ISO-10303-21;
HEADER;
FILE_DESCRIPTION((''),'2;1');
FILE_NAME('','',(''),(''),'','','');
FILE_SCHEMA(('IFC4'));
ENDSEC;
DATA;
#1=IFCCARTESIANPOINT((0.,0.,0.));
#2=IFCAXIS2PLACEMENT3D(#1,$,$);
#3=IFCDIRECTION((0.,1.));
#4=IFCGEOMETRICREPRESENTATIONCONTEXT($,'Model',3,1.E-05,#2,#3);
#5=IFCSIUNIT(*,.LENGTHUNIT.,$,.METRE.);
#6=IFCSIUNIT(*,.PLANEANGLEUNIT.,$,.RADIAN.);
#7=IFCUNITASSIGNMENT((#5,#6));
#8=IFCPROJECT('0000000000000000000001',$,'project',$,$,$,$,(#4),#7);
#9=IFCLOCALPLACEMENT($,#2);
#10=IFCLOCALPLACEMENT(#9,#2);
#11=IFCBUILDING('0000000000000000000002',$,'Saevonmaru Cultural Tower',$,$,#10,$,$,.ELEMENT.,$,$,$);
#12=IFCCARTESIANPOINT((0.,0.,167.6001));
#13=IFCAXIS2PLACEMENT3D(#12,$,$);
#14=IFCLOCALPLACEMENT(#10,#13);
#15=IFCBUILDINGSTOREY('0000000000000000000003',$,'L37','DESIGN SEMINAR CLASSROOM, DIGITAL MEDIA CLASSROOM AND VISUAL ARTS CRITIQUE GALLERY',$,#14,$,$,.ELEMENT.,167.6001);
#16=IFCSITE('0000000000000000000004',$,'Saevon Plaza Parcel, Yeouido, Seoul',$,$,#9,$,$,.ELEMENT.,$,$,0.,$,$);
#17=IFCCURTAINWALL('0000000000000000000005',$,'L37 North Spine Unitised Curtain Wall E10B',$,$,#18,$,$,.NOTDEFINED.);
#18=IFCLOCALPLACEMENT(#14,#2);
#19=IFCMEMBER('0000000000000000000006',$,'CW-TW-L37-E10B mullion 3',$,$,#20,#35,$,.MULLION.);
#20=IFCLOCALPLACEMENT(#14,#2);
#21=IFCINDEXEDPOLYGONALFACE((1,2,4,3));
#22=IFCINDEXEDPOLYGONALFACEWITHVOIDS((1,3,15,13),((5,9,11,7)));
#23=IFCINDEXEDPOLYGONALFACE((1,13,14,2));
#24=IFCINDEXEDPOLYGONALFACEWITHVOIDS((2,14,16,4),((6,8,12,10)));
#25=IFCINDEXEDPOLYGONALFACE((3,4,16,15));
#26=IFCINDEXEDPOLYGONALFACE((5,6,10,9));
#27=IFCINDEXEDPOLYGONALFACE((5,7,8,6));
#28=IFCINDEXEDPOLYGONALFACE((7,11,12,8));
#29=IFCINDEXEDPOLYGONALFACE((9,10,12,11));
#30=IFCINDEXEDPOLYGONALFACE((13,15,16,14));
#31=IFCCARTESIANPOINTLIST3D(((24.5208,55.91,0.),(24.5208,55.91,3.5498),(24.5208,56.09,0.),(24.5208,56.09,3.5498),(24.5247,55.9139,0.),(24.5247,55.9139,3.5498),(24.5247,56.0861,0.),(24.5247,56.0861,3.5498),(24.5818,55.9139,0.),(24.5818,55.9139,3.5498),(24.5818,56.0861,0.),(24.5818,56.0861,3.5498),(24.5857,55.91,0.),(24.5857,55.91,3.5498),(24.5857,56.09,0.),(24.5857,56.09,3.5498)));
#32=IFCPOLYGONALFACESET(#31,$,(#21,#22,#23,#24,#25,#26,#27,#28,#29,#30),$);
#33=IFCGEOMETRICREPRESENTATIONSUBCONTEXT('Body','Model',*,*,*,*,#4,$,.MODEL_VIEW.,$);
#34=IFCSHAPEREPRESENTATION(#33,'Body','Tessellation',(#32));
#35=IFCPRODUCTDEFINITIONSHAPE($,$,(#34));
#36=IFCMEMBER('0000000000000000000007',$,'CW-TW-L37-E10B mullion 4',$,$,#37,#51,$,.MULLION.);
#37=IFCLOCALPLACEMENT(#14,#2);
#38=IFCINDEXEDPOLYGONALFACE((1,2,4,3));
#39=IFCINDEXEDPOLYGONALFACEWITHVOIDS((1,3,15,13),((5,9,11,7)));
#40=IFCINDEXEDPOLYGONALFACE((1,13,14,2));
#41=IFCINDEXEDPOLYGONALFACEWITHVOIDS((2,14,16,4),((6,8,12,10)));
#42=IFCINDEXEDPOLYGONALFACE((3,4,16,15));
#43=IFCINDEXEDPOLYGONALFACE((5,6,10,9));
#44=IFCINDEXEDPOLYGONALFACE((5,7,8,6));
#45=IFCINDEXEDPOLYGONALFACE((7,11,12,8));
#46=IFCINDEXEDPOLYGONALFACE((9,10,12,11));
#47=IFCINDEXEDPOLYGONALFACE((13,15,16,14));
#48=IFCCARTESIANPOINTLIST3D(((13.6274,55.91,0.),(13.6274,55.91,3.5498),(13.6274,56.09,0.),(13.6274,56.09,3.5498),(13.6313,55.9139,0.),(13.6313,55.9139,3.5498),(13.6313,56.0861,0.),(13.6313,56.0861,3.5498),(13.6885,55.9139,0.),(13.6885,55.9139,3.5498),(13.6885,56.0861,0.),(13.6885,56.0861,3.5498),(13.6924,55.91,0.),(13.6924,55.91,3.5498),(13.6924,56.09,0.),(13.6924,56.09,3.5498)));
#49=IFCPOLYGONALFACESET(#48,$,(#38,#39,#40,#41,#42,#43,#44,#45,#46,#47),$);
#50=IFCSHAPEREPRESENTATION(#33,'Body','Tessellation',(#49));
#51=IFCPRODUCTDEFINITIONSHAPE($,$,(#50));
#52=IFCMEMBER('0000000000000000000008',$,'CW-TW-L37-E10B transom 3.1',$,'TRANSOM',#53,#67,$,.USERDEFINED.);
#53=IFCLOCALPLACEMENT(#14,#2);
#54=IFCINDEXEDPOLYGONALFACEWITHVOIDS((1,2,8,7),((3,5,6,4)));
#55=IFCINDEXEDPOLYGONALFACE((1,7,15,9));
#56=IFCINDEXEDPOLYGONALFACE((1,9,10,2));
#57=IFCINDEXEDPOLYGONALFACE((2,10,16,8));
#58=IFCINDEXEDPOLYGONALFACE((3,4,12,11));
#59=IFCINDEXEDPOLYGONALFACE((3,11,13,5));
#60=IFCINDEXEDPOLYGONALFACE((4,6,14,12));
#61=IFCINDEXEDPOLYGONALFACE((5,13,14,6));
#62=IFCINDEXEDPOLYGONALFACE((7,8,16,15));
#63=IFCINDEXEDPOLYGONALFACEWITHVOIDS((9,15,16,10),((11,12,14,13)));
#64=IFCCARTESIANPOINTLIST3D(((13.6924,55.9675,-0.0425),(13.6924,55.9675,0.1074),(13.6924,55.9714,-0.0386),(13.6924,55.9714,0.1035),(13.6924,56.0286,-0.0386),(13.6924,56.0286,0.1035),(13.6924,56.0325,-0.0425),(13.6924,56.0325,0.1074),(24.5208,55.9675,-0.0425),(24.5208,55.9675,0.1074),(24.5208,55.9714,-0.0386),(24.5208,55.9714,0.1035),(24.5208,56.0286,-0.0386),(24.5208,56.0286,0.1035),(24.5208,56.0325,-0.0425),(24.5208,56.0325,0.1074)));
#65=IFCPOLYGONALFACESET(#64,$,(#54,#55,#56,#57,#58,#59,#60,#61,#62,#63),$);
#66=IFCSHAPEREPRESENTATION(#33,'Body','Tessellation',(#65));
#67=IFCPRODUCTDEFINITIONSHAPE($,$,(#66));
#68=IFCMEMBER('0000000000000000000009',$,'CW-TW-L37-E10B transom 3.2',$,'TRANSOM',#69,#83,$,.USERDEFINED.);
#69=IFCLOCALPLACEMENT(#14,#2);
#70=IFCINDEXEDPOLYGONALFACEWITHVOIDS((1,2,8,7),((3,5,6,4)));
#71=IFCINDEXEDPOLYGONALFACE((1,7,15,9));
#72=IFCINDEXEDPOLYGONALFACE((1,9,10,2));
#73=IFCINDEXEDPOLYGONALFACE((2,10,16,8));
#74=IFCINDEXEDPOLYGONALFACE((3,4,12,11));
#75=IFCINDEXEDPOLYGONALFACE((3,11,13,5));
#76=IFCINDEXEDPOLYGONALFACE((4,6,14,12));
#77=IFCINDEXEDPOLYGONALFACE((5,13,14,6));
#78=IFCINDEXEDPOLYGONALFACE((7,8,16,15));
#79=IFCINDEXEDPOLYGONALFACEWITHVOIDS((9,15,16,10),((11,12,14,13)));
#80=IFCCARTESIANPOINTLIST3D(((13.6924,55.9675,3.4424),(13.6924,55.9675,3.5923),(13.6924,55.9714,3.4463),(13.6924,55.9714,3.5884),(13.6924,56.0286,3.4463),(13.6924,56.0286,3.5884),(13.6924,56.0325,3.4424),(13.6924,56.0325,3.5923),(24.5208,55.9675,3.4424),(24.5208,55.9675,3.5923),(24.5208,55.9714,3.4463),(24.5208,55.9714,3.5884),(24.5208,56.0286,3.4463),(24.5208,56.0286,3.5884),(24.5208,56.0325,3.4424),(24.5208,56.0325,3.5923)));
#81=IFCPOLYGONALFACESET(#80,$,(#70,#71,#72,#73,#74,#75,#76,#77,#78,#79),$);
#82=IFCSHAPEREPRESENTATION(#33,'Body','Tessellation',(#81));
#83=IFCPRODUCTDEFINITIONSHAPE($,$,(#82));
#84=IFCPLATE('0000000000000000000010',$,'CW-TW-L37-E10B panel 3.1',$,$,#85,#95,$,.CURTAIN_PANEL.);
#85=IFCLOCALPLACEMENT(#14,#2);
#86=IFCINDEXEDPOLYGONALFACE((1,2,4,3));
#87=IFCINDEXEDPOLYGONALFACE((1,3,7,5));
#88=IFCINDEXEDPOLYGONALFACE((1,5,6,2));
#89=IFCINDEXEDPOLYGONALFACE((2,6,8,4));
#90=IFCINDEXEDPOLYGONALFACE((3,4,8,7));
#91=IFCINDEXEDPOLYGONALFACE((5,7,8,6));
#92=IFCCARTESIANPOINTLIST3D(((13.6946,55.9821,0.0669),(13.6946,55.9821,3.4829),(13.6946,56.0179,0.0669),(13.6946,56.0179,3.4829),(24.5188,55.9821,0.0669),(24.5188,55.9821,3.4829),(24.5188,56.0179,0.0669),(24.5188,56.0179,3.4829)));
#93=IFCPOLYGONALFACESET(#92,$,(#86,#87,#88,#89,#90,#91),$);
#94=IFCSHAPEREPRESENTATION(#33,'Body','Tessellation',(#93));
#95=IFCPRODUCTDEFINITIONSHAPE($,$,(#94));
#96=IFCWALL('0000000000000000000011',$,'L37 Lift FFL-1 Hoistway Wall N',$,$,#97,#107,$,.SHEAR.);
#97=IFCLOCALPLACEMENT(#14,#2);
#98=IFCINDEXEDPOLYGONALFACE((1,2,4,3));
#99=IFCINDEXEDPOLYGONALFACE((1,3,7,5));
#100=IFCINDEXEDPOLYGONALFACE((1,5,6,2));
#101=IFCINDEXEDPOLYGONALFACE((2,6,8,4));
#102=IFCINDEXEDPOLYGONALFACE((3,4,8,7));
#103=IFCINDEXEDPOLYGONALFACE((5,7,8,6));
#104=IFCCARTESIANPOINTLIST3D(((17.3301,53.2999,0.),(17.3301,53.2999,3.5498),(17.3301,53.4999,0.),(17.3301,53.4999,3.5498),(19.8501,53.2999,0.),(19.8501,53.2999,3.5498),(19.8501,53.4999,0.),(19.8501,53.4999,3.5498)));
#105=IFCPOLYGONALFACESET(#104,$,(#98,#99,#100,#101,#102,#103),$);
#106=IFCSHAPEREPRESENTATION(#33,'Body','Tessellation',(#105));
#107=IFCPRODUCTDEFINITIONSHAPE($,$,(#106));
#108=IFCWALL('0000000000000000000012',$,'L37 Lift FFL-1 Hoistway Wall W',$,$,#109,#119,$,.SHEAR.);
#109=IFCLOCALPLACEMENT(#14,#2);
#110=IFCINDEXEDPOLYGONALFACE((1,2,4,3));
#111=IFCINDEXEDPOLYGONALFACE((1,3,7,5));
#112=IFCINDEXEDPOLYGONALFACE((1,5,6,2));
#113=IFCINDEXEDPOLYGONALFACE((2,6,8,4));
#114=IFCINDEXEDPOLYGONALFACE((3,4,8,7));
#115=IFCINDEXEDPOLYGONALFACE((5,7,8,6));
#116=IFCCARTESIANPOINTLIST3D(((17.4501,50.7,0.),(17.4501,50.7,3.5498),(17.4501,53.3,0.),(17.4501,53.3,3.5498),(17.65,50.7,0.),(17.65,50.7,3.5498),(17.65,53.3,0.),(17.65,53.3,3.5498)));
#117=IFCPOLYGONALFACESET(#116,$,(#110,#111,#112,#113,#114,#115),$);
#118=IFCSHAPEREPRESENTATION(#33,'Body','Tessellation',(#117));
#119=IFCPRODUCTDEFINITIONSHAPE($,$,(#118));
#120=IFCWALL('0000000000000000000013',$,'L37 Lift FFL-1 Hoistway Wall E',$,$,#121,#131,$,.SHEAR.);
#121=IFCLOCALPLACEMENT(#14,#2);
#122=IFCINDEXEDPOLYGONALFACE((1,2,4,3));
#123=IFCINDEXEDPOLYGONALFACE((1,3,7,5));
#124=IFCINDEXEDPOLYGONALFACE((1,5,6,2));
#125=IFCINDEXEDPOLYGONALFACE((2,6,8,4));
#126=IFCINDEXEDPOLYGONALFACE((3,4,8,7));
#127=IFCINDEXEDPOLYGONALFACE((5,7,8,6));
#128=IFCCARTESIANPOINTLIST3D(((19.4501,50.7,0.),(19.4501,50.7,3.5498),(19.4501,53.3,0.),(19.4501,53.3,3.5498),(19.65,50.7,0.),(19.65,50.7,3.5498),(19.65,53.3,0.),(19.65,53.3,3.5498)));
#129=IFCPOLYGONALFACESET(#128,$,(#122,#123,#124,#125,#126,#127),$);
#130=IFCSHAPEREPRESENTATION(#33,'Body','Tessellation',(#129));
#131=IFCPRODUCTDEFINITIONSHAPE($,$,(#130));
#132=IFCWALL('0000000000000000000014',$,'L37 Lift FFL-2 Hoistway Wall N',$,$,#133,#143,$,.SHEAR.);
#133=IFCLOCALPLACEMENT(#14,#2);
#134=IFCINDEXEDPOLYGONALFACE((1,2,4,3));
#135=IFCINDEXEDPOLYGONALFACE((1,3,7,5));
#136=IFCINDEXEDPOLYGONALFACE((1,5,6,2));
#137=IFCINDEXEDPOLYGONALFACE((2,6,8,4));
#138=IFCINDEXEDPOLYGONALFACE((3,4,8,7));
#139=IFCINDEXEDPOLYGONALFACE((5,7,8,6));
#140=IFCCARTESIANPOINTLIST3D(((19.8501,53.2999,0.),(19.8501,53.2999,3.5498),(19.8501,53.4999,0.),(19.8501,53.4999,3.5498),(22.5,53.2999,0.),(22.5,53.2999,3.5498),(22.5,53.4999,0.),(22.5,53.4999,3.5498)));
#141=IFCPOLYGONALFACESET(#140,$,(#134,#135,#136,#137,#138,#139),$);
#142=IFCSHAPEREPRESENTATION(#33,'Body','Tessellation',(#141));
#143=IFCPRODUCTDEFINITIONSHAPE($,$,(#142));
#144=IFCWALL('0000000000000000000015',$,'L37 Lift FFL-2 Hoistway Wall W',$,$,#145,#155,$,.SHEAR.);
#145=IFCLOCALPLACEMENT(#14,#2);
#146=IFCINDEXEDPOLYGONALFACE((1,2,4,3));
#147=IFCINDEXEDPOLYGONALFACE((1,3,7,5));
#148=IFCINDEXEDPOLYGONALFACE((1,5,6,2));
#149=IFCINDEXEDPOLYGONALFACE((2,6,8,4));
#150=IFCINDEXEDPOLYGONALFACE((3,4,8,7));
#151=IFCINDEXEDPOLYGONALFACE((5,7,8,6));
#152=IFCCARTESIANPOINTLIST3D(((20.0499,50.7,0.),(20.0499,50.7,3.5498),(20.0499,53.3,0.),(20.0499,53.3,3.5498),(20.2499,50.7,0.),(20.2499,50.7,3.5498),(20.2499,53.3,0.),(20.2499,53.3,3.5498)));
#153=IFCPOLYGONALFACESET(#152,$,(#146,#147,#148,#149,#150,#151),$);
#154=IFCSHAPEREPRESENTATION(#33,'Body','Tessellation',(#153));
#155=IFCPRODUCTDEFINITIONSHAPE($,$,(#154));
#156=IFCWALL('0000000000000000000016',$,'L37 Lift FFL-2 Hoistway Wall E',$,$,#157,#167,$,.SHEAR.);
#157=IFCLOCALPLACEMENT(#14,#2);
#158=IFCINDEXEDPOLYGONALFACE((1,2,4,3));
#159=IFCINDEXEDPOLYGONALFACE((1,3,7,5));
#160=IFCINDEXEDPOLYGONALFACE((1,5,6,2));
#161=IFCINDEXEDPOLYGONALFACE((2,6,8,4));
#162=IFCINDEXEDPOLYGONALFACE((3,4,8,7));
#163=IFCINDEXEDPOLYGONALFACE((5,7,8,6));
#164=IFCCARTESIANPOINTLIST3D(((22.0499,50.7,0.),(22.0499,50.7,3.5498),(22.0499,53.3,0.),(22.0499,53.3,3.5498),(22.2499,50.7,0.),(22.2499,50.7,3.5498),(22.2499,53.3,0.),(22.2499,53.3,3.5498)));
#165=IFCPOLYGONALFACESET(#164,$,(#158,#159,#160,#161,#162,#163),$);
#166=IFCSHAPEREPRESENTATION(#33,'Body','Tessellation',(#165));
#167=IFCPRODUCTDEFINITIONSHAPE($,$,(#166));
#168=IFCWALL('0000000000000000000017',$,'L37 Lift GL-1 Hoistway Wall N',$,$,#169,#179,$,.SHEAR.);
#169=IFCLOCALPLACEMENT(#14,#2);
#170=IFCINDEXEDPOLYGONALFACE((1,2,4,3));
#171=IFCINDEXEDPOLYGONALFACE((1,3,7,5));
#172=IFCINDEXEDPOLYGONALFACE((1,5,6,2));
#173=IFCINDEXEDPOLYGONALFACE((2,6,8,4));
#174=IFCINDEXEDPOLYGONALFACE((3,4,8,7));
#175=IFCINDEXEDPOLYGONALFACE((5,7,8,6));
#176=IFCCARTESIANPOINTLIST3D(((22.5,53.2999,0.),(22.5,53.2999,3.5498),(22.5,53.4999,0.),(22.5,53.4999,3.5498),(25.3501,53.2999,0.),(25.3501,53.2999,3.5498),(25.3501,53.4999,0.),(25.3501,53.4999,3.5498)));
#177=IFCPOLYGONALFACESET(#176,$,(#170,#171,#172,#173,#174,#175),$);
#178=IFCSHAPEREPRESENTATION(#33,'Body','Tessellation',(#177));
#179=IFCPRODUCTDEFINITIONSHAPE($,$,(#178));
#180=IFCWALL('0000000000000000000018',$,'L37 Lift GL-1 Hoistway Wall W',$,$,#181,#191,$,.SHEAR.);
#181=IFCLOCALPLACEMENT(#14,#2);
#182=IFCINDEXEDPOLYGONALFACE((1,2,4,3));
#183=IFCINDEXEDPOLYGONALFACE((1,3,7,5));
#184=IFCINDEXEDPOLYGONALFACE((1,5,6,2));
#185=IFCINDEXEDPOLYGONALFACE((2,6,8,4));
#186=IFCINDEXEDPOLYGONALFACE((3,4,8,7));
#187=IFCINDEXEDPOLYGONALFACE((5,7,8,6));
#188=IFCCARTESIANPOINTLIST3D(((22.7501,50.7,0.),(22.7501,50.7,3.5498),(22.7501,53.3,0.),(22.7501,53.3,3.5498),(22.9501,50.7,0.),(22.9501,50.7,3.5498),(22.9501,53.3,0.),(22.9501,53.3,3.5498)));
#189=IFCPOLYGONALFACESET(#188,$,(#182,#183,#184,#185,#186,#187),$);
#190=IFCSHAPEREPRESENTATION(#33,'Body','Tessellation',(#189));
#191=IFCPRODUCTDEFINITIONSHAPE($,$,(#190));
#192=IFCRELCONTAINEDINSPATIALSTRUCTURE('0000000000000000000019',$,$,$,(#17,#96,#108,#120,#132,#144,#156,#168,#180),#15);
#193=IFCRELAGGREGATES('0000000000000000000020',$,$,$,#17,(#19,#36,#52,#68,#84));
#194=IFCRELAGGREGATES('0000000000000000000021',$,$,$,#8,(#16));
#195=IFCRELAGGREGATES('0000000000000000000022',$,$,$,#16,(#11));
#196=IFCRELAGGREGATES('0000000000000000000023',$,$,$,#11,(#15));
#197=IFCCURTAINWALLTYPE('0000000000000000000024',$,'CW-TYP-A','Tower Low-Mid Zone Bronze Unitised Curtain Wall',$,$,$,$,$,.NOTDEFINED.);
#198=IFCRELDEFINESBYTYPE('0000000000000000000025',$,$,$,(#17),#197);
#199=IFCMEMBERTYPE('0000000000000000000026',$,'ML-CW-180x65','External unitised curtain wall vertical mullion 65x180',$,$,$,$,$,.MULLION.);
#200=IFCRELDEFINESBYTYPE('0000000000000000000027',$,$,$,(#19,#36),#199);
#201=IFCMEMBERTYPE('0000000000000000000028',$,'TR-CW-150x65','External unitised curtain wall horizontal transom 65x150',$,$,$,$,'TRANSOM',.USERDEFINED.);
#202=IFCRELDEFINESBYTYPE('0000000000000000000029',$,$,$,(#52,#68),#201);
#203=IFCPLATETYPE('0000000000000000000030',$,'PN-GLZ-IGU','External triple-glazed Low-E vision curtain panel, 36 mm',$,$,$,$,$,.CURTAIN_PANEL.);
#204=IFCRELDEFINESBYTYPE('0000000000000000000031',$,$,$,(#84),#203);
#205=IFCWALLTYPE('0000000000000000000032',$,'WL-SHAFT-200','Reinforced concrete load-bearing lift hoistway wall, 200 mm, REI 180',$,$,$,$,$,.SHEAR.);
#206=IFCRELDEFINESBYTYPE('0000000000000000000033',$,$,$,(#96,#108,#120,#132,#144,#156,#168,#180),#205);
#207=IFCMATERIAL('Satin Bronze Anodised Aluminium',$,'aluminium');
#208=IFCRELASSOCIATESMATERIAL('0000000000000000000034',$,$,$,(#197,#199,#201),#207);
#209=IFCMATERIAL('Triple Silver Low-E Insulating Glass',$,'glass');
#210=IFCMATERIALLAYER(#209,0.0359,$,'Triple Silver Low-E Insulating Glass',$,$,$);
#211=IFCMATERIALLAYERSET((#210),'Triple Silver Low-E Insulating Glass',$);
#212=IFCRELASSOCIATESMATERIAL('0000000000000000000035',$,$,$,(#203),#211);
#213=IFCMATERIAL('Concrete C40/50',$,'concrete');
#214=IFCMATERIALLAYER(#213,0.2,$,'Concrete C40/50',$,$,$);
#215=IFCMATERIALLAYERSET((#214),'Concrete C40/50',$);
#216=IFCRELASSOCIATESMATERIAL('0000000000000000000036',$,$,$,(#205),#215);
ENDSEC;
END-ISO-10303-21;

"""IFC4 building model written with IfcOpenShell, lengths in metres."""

from ifc_helpers import new_model, si_unit, direction, frame, frame_2d, origin, origin_2d, place, context, subcontext, project, spatial, rectangle, hollow_rectangle, extrude, material, layer, layer_set, material_profile, profile_set, type_object, element, aggregate, save


model = new_model("IFC4")

# Units and contexts
model_context = context("Model", 3, precision=1e-05, world=origin(), true_north=direction((0.0, 1.0)))
body_context = subcontext(model_context, "Body", "Model", "MODEL_VIEW")
ifc_project = project(units=[si_unit("LENGTHUNIT", "METRE"), si_unit("PLANEANGLEUNIT", "RADIAN")], contexts=[model_context])

# Site, building, storey
site_placement = place(None, origin())
site = spatial("IfcSite", under=ifc_project, at=site_placement, Name="Saevon Plaza Parcel, Yeouido, Seoul", CompositionType="ELEMENT", RefElevation=0.0)
building_placement = place(site_placement, origin())
building = spatial("IfcBuilding", under=site, at=building_placement, Name="Saevonmaru Cultural Tower", CompositionType="ELEMENT")
storey_placement = place(building_placement, frame((0.0, 0.0, 167.6001)))
storey = spatial("IfcBuildingStorey", under=building, at=storey_placement, Name="L37", Description="DESIGN SEMINAR CLASSROOM, DIGITAL MEDIA CLASSROOM AND VISUAL ARTS CRITIQUE GALLERY", CompositionType="ELEMENT", Elevation=167.6001)

# Curtain wall, members, plate
ifc_material_1 = material(Name="Satin Bronze Anodised Aluminium", Category="aluminium")
curtain_wall_type = type_object("IfcCurtainWallType", Name="CW-TYP-A", Description="Tower Low-Mid Zone Bronze Unitised Curtain Wall", PredefinedType="NOTDEFINED", material=ifc_material_1)
curtain_wall_placement = place(storey_placement, origin())
curtain_wall = element("IfcCurtainWall", 1, at=curtain_wall_placement, inside=storey, type_object=curtain_wall_type, Name="L37 North Spine Unitised Curtain Wall E10B", PredefinedType="NOTDEFINED")
ifc_material_profile_1 = material_profile(ifc_material_1, hollow_rectangle(XDim=0.0649, YDim=0.1799, WallThickness=0.0039, at=origin_2d()), Name="ALU-MULL-180x65x4")
ifc_profile_set_1 = profile_set([ifc_material_profile_1], Name="Satin Bronze Anodised Aluminium")
member_type_1 = type_object("IfcMemberType", Name="ML-CW-180x65", Description="External unitised curtain wall vertical mullion 65x180", PredefinedType="MULLION", material=ifc_profile_set_1)
member_1_placement = place(storey_placement, frame((24.5532, 56.0, 0.0), z_axis=(0.0, 0.0, 1.0), x_axis=(-1.0, 0.0, 0.0)))
member_1 = element("IfcMember", 2, at=member_1_placement, type_object=member_type_1, Name="CW-TW-L37-E10B mullion 3", PredefinedType="MULLION", context=body_context, shape_type="SweptSolid", body=[
    extrude(hollow_rectangle(XDim=0.0649, YDim=0.1799, WallThickness=0.0039, at=origin_2d()), origin(), (0.0, 0.0, 1.0), 3.5498),
])
member_2_placement = place(storey_placement, frame((13.6599, 56.0, 0.0), z_axis=(0.0, 0.0, 1.0), x_axis=(-1.0, 0.0, 0.0)))
member_2 = element("IfcMember", 3, at=member_2_placement, type_object=member_type_1, Name="CW-TW-L37-E10B mullion 4", PredefinedType="MULLION", context=body_context, shape_type="SweptSolid", body=[
    extrude(hollow_rectangle(XDim=0.0649, YDim=0.1799, WallThickness=0.0039, at=origin_2d()), origin(), (0.0, 0.0, 1.0), 3.5498),
])
ifc_material_profile_2 = material_profile(ifc_material_1, hollow_rectangle(XDim=0.0649, YDim=0.1499, WallThickness=0.0039, at=origin_2d()), Name="ALU-TRAN-150x65x4")
ifc_profile_set_2 = profile_set([ifc_material_profile_2], Name="Satin Bronze Anodised Aluminium")
member_type_2 = type_object("IfcMemberType", Name="TR-CW-150x65", Description="External unitised curtain wall horizontal transom 65x150", ElementType="TRANSOM", PredefinedType="USERDEFINED", material=ifc_profile_set_2)
member_3_placement = place(storey_placement, frame((24.5208, 56.0, 0.0325), z_axis=(-1.0, 0.0, 0.0), x_axis=(0.0, -1.0, 0.0)))
member_3 = element("IfcMember", 4, at=member_3_placement, type_object=member_type_2, Name="CW-TW-L37-E10B transom 3.1", ObjectType="TRANSOM", PredefinedType="USERDEFINED", context=body_context, shape_type="SweptSolid", body=[
    extrude(hollow_rectangle(XDim=0.0649, YDim=0.1499, WallThickness=0.0039, at=origin_2d()), origin(), (0.0, 0.0, 1.0), 10.8284),
])
member_4_placement = place(storey_placement, frame((24.5208, 56.0, 3.5173), z_axis=(-1.0, 0.0, 0.0), x_axis=(0.0, -1.0, 0.0)))
member_4 = element("IfcMember", 5, at=member_4_placement, type_object=member_type_2, Name="CW-TW-L37-E10B transom 3.2", ObjectType="TRANSOM", PredefinedType="USERDEFINED", context=body_context, shape_type="SweptSolid", body=[
    extrude(hollow_rectangle(XDim=0.0649, YDim=0.1499, WallThickness=0.0039, at=origin_2d()), origin(), (0.0, 0.0, 1.0), 10.8284),
])
ifc_material_2 = material(Name="Triple Silver Low-E Insulating Glass", Category="glass")
ifc_layer_1 = layer(ifc_material_2, 0.0359, Name="Triple Silver Low-E Insulating Glass")
ifc_layer_set_1 = layer_set([ifc_layer_1], Name="Triple Silver Low-E Insulating Glass")
plate_type = type_object("IfcPlateType", Name="PN-GLZ-IGU", Description="External triple-glazed Low-E vision curtain panel, 36 mm", PredefinedType="CURTAIN_PANEL", material=ifc_layer_set_1)
plate_placement = place(storey_placement, frame((19.1067, 56.0, 0.0669), z_axis=(0.0, 0.0, 1.0), x_axis=(-1.0, 0.0, 0.0)))
plate = element("IfcPlate", 6, at=plate_placement, type_object=plate_type, Name="CW-TW-L37-E10B panel 3.1", PredefinedType="CURTAIN_PANEL", context=body_context, shape_type="SweptSolid", body=[
    extrude(rectangle(XDim=10.8242, YDim=0.0359, at=origin_2d()), origin(), (0.0, 0.0, 1.0), 3.416),
])
aggregate(curtain_wall, [member_1, member_2, member_3, member_4, plate])

# Walls
ifc_material_3 = material(Name="Concrete C40/50", Category="concrete")
ifc_layer_2 = layer(ifc_material_3, 0.2, Name="Concrete C40/50")
ifc_layer_set_2 = layer_set([ifc_layer_2], Name="Concrete C40/50")
wall_type_1 = type_object("IfcWallType", Name="WL-SHAFT-200", Description="Reinforced concrete load-bearing lift hoistway wall, 200 mm, REI 180", PredefinedType="SHEAR", material=ifc_layer_set_2)
wall_1_placement = place(storey_placement, frame((17.3301, 53.3999, 0.0), z_axis=(0.0, 0.0, 1.0), x_axis=(1.0, 0.0, 0.0)))
element("IfcWall", 7, at=wall_1_placement, inside=storey, type_object=wall_type_1, Name="L37 Lift FFL-1 Hoistway Wall N", PredefinedType="SHEAR", context=body_context, shape_type="SweptSolid", body=[
    extrude(rectangle(XDim=2.52, YDim=0.2, at=frame_2d((1.26, 0.0))), origin(), (0.0, 0.0, 1.0), 3.5498),
])
for number, where, z_axis, x_axis, name in (
    (8, (17.55, 50.7, 0.0), (0.0, 0.0, 1.0), (0.0, 1.0, 0.0), "L37 Lift FFL-1 Hoistway Wall W"),
    (9, (19.55, 50.7, 0.0), (0.0, 0.0, 1.0), (0.0, 1.0, 0.0), "L37 Lift FFL-1 Hoistway Wall E"),
):
    element("IfcWall", number, at=place(storey_placement, frame(where, z_axis=z_axis, x_axis=x_axis)), inside=storey, type_object=wall_type_1, Name=name, PredefinedType="SHEAR", context=body_context, shape_type="SweptSolid", body=[
        extrude(rectangle(XDim=2.6001, YDim=0.2, at=frame_2d((1.3, 0.0))), origin(), (0.0, 0.0, 1.0), 3.5498),
    ])
wall_2_placement = place(storey_placement, frame((19.8501, 53.3999, 0.0), z_axis=(0.0, 0.0, 1.0), x_axis=(1.0, 0.0, 0.0)))
element("IfcWall", 10, at=wall_2_placement, inside=storey, type_object=wall_type_1, Name="L37 Lift FFL-2 Hoistway Wall N", PredefinedType="SHEAR", context=body_context, shape_type="SweptSolid", body=[
    extrude(rectangle(XDim=2.6499, YDim=0.2, at=frame_2d((1.325, 0.0))), origin(), (0.0, 0.0, 1.0), 3.5498),
])
for number, where, z_axis, x_axis, name in (
    (11, (20.1499, 50.7, 0.0), (0.0, 0.0, 1.0), (0.0, 1.0, 0.0), "L37 Lift FFL-2 Hoistway Wall W"),
    (12, (22.1499, 50.7, 0.0), (0.0, 0.0, 1.0), (0.0, 1.0, 0.0), "L37 Lift FFL-2 Hoistway Wall E"),
):
    element("IfcWall", number, at=place(storey_placement, frame(where, z_axis=z_axis, x_axis=x_axis)), inside=storey, type_object=wall_type_1, Name=name, PredefinedType="SHEAR", context=body_context, shape_type="SweptSolid", body=[
        extrude(rectangle(XDim=2.6001, YDim=0.2, at=frame_2d((1.3, 0.0))), origin(), (0.0, 0.0, 1.0), 3.5498),
    ])
wall_3_placement = place(storey_placement, frame((22.5, 53.3999, 0.0), z_axis=(0.0, 0.0, 1.0), x_axis=(1.0, 0.0, 0.0)))
element("IfcWall", 13, at=wall_3_placement, inside=storey, type_object=wall_type_1, Name="L37 Lift GL-1 Hoistway Wall N", PredefinedType="SHEAR", context=body_context, shape_type="SweptSolid", body=[
    extrude(rectangle(XDim=2.8501, YDim=0.2, at=frame_2d((1.425, 0.0))), origin(), (0.0, 0.0, 1.0), 3.5498),
])
for number, where, z_axis, x_axis, name in (
    (14, (22.8501, 50.7, 0.0), (0.0, 0.0, 1.0), (0.0, 1.0, 0.0), "L37 Lift GL-1 Hoistway Wall W"),
):
    element("IfcWall", number, at=place(storey_placement, frame(where, z_axis=z_axis, x_axis=x_axis)), inside=storey, type_object=wall_type_1, Name=name, PredefinedType="SHEAR", context=body_context, shape_type="SweptSolid", body=[
        extrude(rectangle(XDim=2.6001, YDim=0.2, at=frame_2d((1.3, 0.0))), origin(), (0.0, 0.0, 1.0), 3.5498),
    ])

save(model, "model.ifc")
